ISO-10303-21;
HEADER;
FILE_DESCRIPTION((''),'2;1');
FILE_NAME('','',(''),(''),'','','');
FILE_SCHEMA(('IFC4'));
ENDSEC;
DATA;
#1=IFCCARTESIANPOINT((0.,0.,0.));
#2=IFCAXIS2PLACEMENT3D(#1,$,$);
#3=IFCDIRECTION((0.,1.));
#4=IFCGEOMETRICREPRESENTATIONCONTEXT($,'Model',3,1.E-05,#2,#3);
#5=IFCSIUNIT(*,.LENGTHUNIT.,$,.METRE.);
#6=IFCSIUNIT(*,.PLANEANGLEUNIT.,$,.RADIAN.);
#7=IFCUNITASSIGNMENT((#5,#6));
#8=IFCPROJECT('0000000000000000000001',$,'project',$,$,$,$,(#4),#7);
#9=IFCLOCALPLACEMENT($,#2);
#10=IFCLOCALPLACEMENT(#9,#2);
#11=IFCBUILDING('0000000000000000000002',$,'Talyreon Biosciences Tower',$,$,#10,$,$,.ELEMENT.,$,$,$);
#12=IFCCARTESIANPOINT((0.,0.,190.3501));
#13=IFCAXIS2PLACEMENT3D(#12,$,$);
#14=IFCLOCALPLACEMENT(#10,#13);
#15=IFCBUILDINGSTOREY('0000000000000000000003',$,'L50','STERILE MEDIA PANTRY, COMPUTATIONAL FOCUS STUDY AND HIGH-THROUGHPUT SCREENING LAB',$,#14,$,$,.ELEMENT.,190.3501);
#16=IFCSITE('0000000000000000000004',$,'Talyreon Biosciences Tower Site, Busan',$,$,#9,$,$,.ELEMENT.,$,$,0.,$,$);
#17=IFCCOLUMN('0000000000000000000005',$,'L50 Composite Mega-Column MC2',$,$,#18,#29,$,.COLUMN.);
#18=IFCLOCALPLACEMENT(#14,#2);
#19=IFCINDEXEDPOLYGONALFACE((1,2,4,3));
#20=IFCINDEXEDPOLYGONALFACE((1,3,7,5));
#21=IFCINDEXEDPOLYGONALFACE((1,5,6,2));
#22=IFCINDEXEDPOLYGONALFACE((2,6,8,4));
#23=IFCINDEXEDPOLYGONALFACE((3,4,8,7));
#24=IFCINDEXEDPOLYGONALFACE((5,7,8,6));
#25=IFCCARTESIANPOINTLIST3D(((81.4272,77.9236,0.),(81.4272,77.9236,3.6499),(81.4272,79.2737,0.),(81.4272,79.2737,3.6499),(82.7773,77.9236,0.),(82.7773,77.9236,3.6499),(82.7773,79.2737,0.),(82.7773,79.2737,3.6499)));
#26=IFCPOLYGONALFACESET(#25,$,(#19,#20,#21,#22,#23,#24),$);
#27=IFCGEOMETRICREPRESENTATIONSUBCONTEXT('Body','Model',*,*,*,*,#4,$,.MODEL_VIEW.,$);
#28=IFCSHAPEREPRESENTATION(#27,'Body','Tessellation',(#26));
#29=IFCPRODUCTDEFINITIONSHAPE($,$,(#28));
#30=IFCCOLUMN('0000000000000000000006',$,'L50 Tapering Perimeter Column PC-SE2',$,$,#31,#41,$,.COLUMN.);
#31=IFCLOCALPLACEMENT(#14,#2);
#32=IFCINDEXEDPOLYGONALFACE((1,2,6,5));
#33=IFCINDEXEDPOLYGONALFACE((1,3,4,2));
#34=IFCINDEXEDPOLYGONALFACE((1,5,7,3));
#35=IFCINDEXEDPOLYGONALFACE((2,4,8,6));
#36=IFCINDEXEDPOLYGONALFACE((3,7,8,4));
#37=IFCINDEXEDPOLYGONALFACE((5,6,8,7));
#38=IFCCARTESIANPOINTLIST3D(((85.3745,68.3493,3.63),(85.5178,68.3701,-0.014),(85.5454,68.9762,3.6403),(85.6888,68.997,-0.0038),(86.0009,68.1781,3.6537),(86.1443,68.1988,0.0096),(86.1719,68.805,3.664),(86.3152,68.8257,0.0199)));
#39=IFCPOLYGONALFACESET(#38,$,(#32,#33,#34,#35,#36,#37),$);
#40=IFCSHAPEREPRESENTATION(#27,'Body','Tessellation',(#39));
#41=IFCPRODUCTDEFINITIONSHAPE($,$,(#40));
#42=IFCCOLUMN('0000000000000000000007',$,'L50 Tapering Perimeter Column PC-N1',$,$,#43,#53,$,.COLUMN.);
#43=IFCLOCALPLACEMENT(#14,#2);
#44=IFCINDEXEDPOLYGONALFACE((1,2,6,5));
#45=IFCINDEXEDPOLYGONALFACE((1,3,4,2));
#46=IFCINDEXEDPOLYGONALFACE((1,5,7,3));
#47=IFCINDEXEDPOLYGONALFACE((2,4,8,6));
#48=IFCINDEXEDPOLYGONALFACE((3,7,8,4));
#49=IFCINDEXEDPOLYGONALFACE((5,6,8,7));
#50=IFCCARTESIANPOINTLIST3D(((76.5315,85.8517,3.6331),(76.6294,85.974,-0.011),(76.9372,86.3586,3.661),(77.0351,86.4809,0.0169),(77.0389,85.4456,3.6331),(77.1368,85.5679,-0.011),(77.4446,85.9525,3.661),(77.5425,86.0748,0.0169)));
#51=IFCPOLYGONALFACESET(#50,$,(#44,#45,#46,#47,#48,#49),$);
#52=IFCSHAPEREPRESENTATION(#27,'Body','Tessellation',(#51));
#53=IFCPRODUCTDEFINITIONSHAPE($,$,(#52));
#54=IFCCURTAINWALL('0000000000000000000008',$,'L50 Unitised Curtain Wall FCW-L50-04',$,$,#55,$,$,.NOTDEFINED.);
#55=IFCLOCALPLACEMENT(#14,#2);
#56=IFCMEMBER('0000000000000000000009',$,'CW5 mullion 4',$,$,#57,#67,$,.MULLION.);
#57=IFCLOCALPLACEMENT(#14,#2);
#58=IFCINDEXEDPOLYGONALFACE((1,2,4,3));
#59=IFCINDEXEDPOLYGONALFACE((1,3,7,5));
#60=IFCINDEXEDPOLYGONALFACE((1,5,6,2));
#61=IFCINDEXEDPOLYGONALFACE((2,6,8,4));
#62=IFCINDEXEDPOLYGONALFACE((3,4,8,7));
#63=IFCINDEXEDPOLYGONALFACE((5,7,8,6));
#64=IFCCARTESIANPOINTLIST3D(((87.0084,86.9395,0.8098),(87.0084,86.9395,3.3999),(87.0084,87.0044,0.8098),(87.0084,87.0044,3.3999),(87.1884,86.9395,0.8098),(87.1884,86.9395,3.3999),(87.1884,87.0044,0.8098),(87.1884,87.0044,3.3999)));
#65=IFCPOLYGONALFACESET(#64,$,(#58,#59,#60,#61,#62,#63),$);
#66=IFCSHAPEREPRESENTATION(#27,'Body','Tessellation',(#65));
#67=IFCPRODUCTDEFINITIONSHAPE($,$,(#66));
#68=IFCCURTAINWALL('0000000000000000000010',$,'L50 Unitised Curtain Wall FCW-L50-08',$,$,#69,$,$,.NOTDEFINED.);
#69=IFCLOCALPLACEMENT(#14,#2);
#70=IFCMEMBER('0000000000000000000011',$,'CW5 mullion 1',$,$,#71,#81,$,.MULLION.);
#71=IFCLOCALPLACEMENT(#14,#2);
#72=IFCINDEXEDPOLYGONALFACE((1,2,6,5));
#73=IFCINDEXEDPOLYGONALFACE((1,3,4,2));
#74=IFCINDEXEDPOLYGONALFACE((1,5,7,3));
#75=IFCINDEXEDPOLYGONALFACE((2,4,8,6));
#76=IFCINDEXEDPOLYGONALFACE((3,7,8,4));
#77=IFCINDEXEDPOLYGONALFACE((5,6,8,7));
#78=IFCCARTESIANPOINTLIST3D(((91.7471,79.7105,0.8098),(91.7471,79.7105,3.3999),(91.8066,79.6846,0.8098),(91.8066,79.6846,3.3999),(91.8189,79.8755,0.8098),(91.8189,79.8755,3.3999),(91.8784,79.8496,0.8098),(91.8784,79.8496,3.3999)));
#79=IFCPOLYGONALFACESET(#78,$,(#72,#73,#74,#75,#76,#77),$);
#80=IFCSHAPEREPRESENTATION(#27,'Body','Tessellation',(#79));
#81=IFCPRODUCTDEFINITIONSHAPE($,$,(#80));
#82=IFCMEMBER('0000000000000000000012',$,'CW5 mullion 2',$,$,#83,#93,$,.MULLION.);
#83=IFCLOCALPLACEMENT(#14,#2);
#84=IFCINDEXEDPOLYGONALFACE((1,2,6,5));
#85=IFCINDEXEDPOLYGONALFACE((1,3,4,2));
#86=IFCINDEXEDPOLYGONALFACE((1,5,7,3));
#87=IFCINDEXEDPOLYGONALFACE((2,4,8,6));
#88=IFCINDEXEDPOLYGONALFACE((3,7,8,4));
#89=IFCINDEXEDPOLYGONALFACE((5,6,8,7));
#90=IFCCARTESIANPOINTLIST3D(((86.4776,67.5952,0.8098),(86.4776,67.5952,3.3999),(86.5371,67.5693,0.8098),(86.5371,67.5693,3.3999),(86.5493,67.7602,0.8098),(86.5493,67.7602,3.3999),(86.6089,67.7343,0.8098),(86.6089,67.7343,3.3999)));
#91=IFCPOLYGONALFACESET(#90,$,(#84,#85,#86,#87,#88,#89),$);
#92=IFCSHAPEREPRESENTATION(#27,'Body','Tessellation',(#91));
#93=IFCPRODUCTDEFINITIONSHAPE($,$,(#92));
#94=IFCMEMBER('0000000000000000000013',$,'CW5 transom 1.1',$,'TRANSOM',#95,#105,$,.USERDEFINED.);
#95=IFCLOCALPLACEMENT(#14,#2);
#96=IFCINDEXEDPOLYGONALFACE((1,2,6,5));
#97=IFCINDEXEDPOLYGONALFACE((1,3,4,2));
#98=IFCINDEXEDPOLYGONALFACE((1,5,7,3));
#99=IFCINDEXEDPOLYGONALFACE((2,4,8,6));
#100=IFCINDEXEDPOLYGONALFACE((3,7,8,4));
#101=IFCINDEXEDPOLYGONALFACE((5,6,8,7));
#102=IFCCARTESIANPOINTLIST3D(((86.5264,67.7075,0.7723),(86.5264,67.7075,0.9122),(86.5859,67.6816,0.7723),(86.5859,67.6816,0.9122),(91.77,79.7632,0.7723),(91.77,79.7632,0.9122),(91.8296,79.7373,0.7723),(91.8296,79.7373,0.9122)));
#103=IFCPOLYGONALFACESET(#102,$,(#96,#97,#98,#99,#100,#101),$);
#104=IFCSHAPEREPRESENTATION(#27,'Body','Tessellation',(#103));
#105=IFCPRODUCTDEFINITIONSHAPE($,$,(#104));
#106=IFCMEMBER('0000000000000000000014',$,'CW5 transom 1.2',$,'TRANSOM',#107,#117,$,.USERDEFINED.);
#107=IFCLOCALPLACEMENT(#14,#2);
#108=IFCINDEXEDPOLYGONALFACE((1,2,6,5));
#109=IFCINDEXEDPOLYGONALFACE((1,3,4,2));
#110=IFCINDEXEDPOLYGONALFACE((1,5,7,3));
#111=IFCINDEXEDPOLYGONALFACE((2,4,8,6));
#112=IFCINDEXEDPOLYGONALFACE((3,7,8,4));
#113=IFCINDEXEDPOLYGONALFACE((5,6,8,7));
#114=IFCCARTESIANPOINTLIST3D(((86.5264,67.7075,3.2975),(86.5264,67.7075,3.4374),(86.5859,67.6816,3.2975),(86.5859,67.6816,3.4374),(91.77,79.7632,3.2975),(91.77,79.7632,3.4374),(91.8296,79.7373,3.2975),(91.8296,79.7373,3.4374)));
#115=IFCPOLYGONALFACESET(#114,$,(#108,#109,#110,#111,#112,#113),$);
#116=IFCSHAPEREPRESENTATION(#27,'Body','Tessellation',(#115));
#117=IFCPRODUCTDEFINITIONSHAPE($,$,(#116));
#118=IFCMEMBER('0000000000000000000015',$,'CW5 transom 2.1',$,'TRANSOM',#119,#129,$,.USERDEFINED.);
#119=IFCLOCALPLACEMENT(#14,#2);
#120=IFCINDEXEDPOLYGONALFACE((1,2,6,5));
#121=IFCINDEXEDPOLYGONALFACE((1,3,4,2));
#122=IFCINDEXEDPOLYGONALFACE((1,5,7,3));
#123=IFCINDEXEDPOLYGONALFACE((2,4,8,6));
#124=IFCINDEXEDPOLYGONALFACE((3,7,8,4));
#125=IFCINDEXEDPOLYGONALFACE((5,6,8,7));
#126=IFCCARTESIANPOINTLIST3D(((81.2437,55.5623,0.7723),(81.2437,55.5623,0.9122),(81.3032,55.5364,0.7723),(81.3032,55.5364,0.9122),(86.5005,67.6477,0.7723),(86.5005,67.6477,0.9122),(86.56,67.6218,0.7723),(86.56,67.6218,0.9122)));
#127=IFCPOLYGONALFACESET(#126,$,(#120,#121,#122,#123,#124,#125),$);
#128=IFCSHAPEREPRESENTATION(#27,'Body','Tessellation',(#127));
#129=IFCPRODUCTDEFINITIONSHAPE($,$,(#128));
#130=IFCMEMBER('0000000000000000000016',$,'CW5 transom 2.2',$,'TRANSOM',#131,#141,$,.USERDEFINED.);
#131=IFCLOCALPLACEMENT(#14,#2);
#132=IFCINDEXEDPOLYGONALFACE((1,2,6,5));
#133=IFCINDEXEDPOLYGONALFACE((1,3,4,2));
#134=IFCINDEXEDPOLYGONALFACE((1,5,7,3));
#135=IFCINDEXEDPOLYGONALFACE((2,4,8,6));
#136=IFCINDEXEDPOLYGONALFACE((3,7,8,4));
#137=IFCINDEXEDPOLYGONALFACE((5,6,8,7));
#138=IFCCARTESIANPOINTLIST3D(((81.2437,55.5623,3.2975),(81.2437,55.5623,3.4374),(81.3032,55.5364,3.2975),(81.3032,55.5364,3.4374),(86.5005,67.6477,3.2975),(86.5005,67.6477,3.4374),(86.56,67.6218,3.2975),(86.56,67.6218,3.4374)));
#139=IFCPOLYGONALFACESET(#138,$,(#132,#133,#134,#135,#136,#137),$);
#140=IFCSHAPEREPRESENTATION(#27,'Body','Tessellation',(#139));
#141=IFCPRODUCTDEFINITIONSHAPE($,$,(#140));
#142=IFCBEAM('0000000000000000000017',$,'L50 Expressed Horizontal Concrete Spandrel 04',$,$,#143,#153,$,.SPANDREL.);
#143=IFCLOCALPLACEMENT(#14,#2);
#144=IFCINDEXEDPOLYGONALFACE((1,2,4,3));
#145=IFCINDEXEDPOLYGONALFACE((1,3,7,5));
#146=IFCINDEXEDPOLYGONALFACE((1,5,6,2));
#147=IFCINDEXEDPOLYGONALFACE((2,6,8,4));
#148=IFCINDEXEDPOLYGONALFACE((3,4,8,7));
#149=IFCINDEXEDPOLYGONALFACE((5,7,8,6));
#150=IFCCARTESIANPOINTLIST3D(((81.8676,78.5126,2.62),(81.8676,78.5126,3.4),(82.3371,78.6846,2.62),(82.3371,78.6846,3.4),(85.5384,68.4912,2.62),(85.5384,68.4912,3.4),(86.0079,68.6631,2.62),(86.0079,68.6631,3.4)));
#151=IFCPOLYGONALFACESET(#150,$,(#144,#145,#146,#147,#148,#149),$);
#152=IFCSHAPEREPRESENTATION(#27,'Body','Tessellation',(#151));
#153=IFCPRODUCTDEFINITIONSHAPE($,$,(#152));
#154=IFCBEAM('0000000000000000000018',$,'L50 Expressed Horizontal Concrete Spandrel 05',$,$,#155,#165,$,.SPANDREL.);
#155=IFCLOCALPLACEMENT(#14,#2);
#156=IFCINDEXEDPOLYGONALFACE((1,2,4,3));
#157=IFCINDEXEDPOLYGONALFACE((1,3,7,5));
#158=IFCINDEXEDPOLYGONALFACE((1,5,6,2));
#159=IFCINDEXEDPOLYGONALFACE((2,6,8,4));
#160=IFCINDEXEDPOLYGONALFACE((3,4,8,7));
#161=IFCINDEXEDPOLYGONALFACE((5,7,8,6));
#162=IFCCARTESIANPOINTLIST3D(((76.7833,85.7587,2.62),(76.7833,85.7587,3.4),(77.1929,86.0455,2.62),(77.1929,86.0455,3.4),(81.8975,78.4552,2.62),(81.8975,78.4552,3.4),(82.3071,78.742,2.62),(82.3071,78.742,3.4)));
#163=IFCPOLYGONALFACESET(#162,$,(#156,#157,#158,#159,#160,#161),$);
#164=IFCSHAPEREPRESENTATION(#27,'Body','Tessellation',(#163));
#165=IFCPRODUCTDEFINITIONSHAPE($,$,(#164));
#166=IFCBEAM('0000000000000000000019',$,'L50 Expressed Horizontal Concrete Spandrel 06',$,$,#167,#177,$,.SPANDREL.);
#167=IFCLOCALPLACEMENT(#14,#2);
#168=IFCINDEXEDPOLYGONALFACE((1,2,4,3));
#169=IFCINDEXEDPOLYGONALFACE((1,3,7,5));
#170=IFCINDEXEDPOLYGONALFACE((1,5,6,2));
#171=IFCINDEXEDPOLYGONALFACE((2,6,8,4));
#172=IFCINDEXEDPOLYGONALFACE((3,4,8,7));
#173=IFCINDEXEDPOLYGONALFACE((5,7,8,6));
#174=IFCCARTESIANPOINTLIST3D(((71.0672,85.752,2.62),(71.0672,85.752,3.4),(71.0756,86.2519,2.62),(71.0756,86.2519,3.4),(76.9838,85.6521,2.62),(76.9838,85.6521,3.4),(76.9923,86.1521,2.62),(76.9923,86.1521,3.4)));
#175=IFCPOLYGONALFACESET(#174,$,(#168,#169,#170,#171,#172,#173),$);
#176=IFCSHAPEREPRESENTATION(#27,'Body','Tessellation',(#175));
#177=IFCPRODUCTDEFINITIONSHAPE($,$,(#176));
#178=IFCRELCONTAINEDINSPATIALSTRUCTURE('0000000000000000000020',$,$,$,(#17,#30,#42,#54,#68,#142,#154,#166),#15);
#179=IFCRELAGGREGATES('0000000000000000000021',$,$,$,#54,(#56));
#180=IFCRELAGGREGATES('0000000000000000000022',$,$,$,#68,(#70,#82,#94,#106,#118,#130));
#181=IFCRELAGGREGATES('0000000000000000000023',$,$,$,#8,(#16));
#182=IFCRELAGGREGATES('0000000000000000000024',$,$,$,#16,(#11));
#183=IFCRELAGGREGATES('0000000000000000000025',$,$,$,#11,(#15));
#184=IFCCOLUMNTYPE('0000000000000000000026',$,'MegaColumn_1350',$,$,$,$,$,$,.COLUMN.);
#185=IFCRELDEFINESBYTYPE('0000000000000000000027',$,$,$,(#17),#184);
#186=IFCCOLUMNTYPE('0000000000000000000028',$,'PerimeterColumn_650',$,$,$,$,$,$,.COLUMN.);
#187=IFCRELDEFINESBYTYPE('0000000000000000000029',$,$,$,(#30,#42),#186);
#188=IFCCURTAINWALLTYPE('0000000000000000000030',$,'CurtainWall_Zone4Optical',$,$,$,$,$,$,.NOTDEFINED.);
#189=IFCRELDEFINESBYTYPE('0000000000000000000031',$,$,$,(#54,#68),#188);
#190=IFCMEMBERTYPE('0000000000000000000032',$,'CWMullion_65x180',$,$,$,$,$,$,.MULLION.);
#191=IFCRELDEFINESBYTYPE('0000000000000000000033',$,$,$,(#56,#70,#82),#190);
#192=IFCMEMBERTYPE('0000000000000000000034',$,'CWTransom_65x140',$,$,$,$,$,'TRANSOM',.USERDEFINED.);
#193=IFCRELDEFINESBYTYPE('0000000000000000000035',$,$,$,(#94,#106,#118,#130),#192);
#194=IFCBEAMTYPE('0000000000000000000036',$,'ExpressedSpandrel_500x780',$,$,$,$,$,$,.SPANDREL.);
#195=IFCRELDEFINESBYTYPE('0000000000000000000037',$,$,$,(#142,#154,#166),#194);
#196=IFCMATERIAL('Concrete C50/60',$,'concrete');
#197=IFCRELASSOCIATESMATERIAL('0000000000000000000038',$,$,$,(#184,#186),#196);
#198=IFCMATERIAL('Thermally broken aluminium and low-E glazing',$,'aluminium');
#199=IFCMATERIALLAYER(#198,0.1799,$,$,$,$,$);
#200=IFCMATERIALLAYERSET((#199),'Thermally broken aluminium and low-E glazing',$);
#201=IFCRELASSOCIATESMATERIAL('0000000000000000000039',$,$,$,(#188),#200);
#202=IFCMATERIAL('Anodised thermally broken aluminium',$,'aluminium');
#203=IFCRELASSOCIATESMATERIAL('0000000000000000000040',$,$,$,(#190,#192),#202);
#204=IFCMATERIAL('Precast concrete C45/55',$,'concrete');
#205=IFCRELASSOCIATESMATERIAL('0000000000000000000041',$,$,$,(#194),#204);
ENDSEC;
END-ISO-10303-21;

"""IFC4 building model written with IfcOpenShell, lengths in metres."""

from ifc_helpers import new_model, si_unit, direction, frame, origin, origin_2d, place, context, subcontext, project, spatial, rectangle, extrude, material, layer, layer_set, material_profile, profile_set, type_object, element, aggregate, save


model = new_model("IFC4")

# Units and contexts
model_context = context("Model", 3, precision=1e-05, world=origin(), true_north=direction((0.0, 1.0)))
body_context = subcontext(model_context, "Body", "Model", "MODEL_VIEW")
ifc_project = project(units=[si_unit("LENGTHUNIT", "METRE"), si_unit("PLANEANGLEUNIT", "RADIAN")], contexts=[model_context])

# Site, building, storey
site_placement = place(None, origin())
site = spatial("IfcSite", under=ifc_project, at=site_placement, Name="Talyreon Biosciences Tower Site, Busan", CompositionType="ELEMENT", RefElevation=0.0)
building_placement = place(site_placement, origin())
building = spatial("IfcBuilding", under=site, at=building_placement, Name="Talyreon Biosciences Tower", CompositionType="ELEMENT")
storey_placement = place(building_placement, frame((0.0, 0.0, 190.3501)))
storey = spatial("IfcBuildingStorey", under=building, at=storey_placement, Name="L50", Description="STERILE MEDIA PANTRY, COMPUTATIONAL FOCUS STUDY AND HIGH-THROUGHPUT SCREENING LAB", CompositionType="ELEMENT", Elevation=190.3501)

# Columns
ifc_material_1 = material(Name="Concrete C50/60", Category="concrete")
ifc_material_profile_1 = material_profile(ifc_material_1, rectangle(XDim=1.3501, YDim=1.3501, at=origin_2d()), Name="RC 1350x1350")
ifc_profile_set_1 = profile_set([ifc_material_profile_1], Name="Concrete C50/60")
column_type_1 = type_object("IfcColumnType", Name="MegaColumn_1350", PredefinedType="COLUMN", material=ifc_profile_set_1)
column_1_placement = place(storey_placement, frame((82.1023, 78.5986, 0.0), z_axis=(0.0, 0.0, 1.0), x_axis=(1.0, 0.0, 0.0)))
element("IfcColumn", 1, at=column_1_placement, inside=storey, type_object=column_type_1, Name="L50 Composite Mega-Column MC2", PredefinedType="COLUMN", context=body_context, shape_type="SweptSolid", body=[
    extrude(rectangle(XDim=1.3501, YDim=1.3501, at=origin_2d()), origin(), (0.0, 0.0, 1.0), 3.6499),
])
ifc_material_profile_2 = material_profile(ifc_material_1, rectangle(XDim=0.6499, YDim=0.6499, at=origin_2d()), Name="RC 650x650")
ifc_profile_set_2 = profile_set([ifc_material_profile_2], Name="Concrete C50/60")
column_type_2 = type_object("IfcColumnType", Name="PerimeterColumn_650", PredefinedType="COLUMN", material=ifc_profile_set_2)
column_2_placement = place(storey_placement, frame((85.9165, 68.5979, 0.0029), z_axis=(-0.039296, -0.00569, 0.999211), x_axis=(0.963968, -0.263515, 0.03641)))
element("IfcColumn", 2, at=column_2_placement, inside=storey, type_object=column_type_2, Name="L50 Tapering Perimeter Column PC-SE2", PredefinedType="COLUMN", context=body_context, shape_type="SweptSolid", body=[
    extrude(rectangle(XDim=0.6499, YDim=0.6499, at=origin_2d()), origin(), (0.0, 0.0, 1.0), 3.647),
])
column_3_placement = place(storey_placement, frame((77.0859, 86.0244, 0.0029), z_axis=(-0.026841, -0.033535, 0.999077), x_axis=(-0.780717, 0.624885, 0.0)))
element("IfcColumn", 3, at=column_3_placement, inside=storey, type_object=column_type_2, Name="L50 Tapering Perimeter Column PC-N1", PredefinedType="COLUMN", context=body_context, shape_type="SweptSolid", body=[
    extrude(rectangle(XDim=0.6499, YDim=0.6499, at=origin_2d()), origin(), (0.0, 0.0, 1.0), 3.6475),
])

# Curtain wall, member
ifc_material_2 = material(Name="Thermally broken aluminium and low-E glazing", Category="aluminium")
ifc_layer_1 = layer(ifc_material_2, 0.1799)
ifc_layer_set_1 = layer_set([ifc_layer_1], Name="Thermally broken aluminium and low-E glazing")
curtain_wall_type = type_object("IfcCurtainWallType", Name="CurtainWall_Zone4Optical", PredefinedType="NOTDEFINED", material=ifc_layer_set_1)
curtain_wall_1_placement = place(storey_placement, origin())
curtain_wall_1 = element("IfcCurtainWall", 4, at=curtain_wall_1_placement, inside=storey, type_object=curtain_wall_type, Name="L50 Unitised Curtain Wall FCW-L50-04", PredefinedType="NOTDEFINED")
ifc_material_3 = material(Name="Anodised thermally broken aluminium", Category="aluminium")
ifc_material_profile_3 = material_profile(ifc_material_3, rectangle(XDim=0.0649, YDim=0.1799, at=origin_2d()), Name="ALUM MULLION 65x180")
ifc_profile_set_3 = profile_set([ifc_material_profile_3], Name="Anodised thermally broken aluminium")
member_type_1 = type_object("IfcMemberType", Name="CWMullion_65x180", PredefinedType="MULLION", material=ifc_profile_set_3)
member_1_placement = place(storey_placement, frame((87.0984, 86.9719, 0.8098), z_axis=(0.0, 0.0, 1.0), x_axis=(0.0, 1.0, 0.0)))
member_1 = element("IfcMember", 5, at=member_1_placement, type_object=member_type_1, Name="CW5 mullion 4", PredefinedType="MULLION", context=body_context, shape_type="SweptSolid", body=[
    extrude(rectangle(XDim=0.0649, YDim=0.1799, at=origin_2d()), origin(), (0.0, 0.0, 1.0), 2.5901),
])

# Curtain wall, members
curtain_wall_2_placement = place(storey_placement, origin())
curtain_wall_2 = element("IfcCurtainWall", 6, at=curtain_wall_2_placement, inside=storey, type_object=curtain_wall_type, Name="L50 Unitised Curtain Wall FCW-L50-08", PredefinedType="NOTDEFINED")
member_2_placement = place(storey_placement, frame((91.8127, 79.78, 0.8098), z_axis=(0.0, 0.0, 1.0), x_axis=(0.917011, -0.398862, 0.0)))
member_2 = element("IfcMember", 7, at=member_2_placement, type_object=member_type_1, Name="CW5 mullion 1", PredefinedType="MULLION", context=body_context, shape_type="SweptSolid", body=[
    extrude(rectangle(XDim=0.0649, YDim=0.1799, at=origin_2d()), origin(), (0.0, 0.0, 1.0), 2.5901),
])
member_3_placement = place(storey_placement, frame((86.5432, 67.6648, 0.8098), z_axis=(0.0, 0.0, 1.0), x_axis=(0.917011, -0.398862, 0.0)))
member_3 = element("IfcMember", 8, at=member_3_placement, type_object=member_type_1, Name="CW5 mullion 2", PredefinedType="MULLION", context=body_context, shape_type="SweptSolid", body=[
    extrude(rectangle(XDim=0.0649, YDim=0.1799, at=origin_2d()), origin(), (0.0, 0.0, 1.0), 2.5901),
])
ifc_material_profile_4 = material_profile(ifc_material_3, rectangle(XDim=0.0649, YDim=0.1399, at=origin_2d()), Name="ALUM TRANSOM 65x140")
ifc_profile_set_4 = profile_set([ifc_material_profile_4], Name="Anodised thermally broken aluminium")
member_type_2 = type_object("IfcMemberType", Name="CWTransom_65x140", ElementType="TRANSOM", PredefinedType="USERDEFINED", material=ifc_profile_set_4)
member_4_placement = place(storey_placement, frame((91.7998, 79.7502, 0.8423), z_axis=(-0.398858, -0.917013, 0.0), x_axis=(0.917013, -0.398858, 0.0)))
member_4 = element("IfcMember", 9, at=member_4_placement, type_object=member_type_2, Name="CW5 transom 1.1", ObjectType="TRANSOM", PredefinedType="USERDEFINED", context=body_context, shape_type="SweptSolid", body=[
    extrude(rectangle(XDim=0.0649, YDim=0.1399, at=origin_2d()), origin(), (0.0, 0.0, 1.0), 13.1467),
])
member_5_placement = place(storey_placement, frame((91.7998, 79.7502, 3.3674), z_axis=(-0.398858, -0.917013, 0.0), x_axis=(0.917013, -0.398858, 0.0)))
member_5 = element("IfcMember", 10, at=member_5_placement, type_object=member_type_2, Name="CW5 transom 1.2", ObjectType="TRANSOM", PredefinedType="USERDEFINED", context=body_context, shape_type="SweptSolid", body=[
    extrude(rectangle(XDim=0.0649, YDim=0.1399, at=origin_2d()), origin(), (0.0, 0.0, 1.0), 13.1467),
])
member_6_placement = place(storey_placement, frame((86.5303, 67.6348, 0.8423), z_axis=(-0.398872, -0.917006, 0.0), x_axis=(0.917006, -0.398872, 0.0)))
member_6 = element("IfcMember", 11, at=member_6_placement, type_object=member_type_2, Name="CW5 transom 2.1", ObjectType="TRANSOM", PredefinedType="USERDEFINED", context=body_context, shape_type="SweptSolid", body=[
    extrude(rectangle(XDim=0.0649, YDim=0.1399, at=origin_2d()), origin(), (0.0, 0.0, 1.0), 13.1792),
])
member_7_placement = place(storey_placement, frame((86.5303, 67.6348, 3.3674), z_axis=(-0.398872, -0.917006, 0.0), x_axis=(0.917006, -0.398872, 0.0)))
member_7 = element("IfcMember", 12, at=member_7_placement, type_object=member_type_2, Name="CW5 transom 2.2", ObjectType="TRANSOM", PredefinedType="USERDEFINED", context=body_context, shape_type="SweptSolid", body=[
    extrude(rectangle(XDim=0.0649, YDim=0.1399, at=origin_2d()), origin(), (0.0, 0.0, 1.0), 13.1792),
])

# Beams
ifc_material_4 = material(Name="Precast concrete C45/55", Category="concrete")
ifc_material_profile_5 = material_profile(ifc_material_4, rectangle(XDim=0.5, YDim=0.78, at=origin_2d()), Name="RCB 500x780")
ifc_profile_set_5 = profile_set([ifc_material_profile_5], Name="Precast concrete C45/55")
beam_type_1 = type_object("IfcBeamType", Name="ExpressedSpandrel_500x780", PredefinedType="SPANDREL", material=ifc_profile_set_5)
beam_1_placement = place(storey_placement, frame((85.7732, 68.5771, 3.01), z_axis=(-0.343954, 0.938987, 0.0), x_axis=(-0.938987, -0.343954, 0.0)))
element("IfcBeam", 13, at=beam_1_placement, inside=storey, type_object=beam_type_1, Name="L50 Expressed Horizontal Concrete Spandrel 04", PredefinedType="SPANDREL", context=body_context, shape_type="SweptSolid", body=[
    extrude(rectangle(XDim=0.5, YDim=0.78, at=origin_2d()), origin(), (0.0, 0.0, 1.0), 10.6726),
])
beam_2_placement = place(storey_placement, frame((82.1023, 78.5986, 3.01), z_axis=(-0.5736, 0.819135, 0.0), x_axis=(-0.819135, -0.5736, 0.0)))
element("IfcBeam", 14, at=beam_2_placement, inside=storey, type_object=beam_type_1, Name="L50 Expressed Horizontal Concrete Spandrel 05", PredefinedType="SPANDREL", context=body_context, shape_type="SweptSolid", body=[
    extrude(rectangle(XDim=0.5, YDim=0.78, at=origin_2d()), origin(), (0.0, 0.0, 1.0), 8.916),
])
beam_3_placement = place(storey_placement, frame((76.988, 85.9021, 3.01), z_axis=(-0.999858, 0.016874, 0.0), x_axis=(-0.016874, -0.999858, 0.0)))
element("IfcBeam", 15, at=beam_3_placement, inside=storey, type_object=beam_type_1, Name="L50 Expressed Horizontal Concrete Spandrel 06", PredefinedType="SPANDREL", context=body_context, shape_type="SweptSolid", body=[
    extrude(rectangle(XDim=0.5, YDim=0.78, at=origin_2d()), origin(), (0.0, 0.0, 1.0), 5.9175),
])

aggregate(curtain_wall_1, [member_1])
aggregate(curtain_wall_2, [member_2, member_3, member_4, member_5, member_6, member_7])

save(model, "model.ifc")
